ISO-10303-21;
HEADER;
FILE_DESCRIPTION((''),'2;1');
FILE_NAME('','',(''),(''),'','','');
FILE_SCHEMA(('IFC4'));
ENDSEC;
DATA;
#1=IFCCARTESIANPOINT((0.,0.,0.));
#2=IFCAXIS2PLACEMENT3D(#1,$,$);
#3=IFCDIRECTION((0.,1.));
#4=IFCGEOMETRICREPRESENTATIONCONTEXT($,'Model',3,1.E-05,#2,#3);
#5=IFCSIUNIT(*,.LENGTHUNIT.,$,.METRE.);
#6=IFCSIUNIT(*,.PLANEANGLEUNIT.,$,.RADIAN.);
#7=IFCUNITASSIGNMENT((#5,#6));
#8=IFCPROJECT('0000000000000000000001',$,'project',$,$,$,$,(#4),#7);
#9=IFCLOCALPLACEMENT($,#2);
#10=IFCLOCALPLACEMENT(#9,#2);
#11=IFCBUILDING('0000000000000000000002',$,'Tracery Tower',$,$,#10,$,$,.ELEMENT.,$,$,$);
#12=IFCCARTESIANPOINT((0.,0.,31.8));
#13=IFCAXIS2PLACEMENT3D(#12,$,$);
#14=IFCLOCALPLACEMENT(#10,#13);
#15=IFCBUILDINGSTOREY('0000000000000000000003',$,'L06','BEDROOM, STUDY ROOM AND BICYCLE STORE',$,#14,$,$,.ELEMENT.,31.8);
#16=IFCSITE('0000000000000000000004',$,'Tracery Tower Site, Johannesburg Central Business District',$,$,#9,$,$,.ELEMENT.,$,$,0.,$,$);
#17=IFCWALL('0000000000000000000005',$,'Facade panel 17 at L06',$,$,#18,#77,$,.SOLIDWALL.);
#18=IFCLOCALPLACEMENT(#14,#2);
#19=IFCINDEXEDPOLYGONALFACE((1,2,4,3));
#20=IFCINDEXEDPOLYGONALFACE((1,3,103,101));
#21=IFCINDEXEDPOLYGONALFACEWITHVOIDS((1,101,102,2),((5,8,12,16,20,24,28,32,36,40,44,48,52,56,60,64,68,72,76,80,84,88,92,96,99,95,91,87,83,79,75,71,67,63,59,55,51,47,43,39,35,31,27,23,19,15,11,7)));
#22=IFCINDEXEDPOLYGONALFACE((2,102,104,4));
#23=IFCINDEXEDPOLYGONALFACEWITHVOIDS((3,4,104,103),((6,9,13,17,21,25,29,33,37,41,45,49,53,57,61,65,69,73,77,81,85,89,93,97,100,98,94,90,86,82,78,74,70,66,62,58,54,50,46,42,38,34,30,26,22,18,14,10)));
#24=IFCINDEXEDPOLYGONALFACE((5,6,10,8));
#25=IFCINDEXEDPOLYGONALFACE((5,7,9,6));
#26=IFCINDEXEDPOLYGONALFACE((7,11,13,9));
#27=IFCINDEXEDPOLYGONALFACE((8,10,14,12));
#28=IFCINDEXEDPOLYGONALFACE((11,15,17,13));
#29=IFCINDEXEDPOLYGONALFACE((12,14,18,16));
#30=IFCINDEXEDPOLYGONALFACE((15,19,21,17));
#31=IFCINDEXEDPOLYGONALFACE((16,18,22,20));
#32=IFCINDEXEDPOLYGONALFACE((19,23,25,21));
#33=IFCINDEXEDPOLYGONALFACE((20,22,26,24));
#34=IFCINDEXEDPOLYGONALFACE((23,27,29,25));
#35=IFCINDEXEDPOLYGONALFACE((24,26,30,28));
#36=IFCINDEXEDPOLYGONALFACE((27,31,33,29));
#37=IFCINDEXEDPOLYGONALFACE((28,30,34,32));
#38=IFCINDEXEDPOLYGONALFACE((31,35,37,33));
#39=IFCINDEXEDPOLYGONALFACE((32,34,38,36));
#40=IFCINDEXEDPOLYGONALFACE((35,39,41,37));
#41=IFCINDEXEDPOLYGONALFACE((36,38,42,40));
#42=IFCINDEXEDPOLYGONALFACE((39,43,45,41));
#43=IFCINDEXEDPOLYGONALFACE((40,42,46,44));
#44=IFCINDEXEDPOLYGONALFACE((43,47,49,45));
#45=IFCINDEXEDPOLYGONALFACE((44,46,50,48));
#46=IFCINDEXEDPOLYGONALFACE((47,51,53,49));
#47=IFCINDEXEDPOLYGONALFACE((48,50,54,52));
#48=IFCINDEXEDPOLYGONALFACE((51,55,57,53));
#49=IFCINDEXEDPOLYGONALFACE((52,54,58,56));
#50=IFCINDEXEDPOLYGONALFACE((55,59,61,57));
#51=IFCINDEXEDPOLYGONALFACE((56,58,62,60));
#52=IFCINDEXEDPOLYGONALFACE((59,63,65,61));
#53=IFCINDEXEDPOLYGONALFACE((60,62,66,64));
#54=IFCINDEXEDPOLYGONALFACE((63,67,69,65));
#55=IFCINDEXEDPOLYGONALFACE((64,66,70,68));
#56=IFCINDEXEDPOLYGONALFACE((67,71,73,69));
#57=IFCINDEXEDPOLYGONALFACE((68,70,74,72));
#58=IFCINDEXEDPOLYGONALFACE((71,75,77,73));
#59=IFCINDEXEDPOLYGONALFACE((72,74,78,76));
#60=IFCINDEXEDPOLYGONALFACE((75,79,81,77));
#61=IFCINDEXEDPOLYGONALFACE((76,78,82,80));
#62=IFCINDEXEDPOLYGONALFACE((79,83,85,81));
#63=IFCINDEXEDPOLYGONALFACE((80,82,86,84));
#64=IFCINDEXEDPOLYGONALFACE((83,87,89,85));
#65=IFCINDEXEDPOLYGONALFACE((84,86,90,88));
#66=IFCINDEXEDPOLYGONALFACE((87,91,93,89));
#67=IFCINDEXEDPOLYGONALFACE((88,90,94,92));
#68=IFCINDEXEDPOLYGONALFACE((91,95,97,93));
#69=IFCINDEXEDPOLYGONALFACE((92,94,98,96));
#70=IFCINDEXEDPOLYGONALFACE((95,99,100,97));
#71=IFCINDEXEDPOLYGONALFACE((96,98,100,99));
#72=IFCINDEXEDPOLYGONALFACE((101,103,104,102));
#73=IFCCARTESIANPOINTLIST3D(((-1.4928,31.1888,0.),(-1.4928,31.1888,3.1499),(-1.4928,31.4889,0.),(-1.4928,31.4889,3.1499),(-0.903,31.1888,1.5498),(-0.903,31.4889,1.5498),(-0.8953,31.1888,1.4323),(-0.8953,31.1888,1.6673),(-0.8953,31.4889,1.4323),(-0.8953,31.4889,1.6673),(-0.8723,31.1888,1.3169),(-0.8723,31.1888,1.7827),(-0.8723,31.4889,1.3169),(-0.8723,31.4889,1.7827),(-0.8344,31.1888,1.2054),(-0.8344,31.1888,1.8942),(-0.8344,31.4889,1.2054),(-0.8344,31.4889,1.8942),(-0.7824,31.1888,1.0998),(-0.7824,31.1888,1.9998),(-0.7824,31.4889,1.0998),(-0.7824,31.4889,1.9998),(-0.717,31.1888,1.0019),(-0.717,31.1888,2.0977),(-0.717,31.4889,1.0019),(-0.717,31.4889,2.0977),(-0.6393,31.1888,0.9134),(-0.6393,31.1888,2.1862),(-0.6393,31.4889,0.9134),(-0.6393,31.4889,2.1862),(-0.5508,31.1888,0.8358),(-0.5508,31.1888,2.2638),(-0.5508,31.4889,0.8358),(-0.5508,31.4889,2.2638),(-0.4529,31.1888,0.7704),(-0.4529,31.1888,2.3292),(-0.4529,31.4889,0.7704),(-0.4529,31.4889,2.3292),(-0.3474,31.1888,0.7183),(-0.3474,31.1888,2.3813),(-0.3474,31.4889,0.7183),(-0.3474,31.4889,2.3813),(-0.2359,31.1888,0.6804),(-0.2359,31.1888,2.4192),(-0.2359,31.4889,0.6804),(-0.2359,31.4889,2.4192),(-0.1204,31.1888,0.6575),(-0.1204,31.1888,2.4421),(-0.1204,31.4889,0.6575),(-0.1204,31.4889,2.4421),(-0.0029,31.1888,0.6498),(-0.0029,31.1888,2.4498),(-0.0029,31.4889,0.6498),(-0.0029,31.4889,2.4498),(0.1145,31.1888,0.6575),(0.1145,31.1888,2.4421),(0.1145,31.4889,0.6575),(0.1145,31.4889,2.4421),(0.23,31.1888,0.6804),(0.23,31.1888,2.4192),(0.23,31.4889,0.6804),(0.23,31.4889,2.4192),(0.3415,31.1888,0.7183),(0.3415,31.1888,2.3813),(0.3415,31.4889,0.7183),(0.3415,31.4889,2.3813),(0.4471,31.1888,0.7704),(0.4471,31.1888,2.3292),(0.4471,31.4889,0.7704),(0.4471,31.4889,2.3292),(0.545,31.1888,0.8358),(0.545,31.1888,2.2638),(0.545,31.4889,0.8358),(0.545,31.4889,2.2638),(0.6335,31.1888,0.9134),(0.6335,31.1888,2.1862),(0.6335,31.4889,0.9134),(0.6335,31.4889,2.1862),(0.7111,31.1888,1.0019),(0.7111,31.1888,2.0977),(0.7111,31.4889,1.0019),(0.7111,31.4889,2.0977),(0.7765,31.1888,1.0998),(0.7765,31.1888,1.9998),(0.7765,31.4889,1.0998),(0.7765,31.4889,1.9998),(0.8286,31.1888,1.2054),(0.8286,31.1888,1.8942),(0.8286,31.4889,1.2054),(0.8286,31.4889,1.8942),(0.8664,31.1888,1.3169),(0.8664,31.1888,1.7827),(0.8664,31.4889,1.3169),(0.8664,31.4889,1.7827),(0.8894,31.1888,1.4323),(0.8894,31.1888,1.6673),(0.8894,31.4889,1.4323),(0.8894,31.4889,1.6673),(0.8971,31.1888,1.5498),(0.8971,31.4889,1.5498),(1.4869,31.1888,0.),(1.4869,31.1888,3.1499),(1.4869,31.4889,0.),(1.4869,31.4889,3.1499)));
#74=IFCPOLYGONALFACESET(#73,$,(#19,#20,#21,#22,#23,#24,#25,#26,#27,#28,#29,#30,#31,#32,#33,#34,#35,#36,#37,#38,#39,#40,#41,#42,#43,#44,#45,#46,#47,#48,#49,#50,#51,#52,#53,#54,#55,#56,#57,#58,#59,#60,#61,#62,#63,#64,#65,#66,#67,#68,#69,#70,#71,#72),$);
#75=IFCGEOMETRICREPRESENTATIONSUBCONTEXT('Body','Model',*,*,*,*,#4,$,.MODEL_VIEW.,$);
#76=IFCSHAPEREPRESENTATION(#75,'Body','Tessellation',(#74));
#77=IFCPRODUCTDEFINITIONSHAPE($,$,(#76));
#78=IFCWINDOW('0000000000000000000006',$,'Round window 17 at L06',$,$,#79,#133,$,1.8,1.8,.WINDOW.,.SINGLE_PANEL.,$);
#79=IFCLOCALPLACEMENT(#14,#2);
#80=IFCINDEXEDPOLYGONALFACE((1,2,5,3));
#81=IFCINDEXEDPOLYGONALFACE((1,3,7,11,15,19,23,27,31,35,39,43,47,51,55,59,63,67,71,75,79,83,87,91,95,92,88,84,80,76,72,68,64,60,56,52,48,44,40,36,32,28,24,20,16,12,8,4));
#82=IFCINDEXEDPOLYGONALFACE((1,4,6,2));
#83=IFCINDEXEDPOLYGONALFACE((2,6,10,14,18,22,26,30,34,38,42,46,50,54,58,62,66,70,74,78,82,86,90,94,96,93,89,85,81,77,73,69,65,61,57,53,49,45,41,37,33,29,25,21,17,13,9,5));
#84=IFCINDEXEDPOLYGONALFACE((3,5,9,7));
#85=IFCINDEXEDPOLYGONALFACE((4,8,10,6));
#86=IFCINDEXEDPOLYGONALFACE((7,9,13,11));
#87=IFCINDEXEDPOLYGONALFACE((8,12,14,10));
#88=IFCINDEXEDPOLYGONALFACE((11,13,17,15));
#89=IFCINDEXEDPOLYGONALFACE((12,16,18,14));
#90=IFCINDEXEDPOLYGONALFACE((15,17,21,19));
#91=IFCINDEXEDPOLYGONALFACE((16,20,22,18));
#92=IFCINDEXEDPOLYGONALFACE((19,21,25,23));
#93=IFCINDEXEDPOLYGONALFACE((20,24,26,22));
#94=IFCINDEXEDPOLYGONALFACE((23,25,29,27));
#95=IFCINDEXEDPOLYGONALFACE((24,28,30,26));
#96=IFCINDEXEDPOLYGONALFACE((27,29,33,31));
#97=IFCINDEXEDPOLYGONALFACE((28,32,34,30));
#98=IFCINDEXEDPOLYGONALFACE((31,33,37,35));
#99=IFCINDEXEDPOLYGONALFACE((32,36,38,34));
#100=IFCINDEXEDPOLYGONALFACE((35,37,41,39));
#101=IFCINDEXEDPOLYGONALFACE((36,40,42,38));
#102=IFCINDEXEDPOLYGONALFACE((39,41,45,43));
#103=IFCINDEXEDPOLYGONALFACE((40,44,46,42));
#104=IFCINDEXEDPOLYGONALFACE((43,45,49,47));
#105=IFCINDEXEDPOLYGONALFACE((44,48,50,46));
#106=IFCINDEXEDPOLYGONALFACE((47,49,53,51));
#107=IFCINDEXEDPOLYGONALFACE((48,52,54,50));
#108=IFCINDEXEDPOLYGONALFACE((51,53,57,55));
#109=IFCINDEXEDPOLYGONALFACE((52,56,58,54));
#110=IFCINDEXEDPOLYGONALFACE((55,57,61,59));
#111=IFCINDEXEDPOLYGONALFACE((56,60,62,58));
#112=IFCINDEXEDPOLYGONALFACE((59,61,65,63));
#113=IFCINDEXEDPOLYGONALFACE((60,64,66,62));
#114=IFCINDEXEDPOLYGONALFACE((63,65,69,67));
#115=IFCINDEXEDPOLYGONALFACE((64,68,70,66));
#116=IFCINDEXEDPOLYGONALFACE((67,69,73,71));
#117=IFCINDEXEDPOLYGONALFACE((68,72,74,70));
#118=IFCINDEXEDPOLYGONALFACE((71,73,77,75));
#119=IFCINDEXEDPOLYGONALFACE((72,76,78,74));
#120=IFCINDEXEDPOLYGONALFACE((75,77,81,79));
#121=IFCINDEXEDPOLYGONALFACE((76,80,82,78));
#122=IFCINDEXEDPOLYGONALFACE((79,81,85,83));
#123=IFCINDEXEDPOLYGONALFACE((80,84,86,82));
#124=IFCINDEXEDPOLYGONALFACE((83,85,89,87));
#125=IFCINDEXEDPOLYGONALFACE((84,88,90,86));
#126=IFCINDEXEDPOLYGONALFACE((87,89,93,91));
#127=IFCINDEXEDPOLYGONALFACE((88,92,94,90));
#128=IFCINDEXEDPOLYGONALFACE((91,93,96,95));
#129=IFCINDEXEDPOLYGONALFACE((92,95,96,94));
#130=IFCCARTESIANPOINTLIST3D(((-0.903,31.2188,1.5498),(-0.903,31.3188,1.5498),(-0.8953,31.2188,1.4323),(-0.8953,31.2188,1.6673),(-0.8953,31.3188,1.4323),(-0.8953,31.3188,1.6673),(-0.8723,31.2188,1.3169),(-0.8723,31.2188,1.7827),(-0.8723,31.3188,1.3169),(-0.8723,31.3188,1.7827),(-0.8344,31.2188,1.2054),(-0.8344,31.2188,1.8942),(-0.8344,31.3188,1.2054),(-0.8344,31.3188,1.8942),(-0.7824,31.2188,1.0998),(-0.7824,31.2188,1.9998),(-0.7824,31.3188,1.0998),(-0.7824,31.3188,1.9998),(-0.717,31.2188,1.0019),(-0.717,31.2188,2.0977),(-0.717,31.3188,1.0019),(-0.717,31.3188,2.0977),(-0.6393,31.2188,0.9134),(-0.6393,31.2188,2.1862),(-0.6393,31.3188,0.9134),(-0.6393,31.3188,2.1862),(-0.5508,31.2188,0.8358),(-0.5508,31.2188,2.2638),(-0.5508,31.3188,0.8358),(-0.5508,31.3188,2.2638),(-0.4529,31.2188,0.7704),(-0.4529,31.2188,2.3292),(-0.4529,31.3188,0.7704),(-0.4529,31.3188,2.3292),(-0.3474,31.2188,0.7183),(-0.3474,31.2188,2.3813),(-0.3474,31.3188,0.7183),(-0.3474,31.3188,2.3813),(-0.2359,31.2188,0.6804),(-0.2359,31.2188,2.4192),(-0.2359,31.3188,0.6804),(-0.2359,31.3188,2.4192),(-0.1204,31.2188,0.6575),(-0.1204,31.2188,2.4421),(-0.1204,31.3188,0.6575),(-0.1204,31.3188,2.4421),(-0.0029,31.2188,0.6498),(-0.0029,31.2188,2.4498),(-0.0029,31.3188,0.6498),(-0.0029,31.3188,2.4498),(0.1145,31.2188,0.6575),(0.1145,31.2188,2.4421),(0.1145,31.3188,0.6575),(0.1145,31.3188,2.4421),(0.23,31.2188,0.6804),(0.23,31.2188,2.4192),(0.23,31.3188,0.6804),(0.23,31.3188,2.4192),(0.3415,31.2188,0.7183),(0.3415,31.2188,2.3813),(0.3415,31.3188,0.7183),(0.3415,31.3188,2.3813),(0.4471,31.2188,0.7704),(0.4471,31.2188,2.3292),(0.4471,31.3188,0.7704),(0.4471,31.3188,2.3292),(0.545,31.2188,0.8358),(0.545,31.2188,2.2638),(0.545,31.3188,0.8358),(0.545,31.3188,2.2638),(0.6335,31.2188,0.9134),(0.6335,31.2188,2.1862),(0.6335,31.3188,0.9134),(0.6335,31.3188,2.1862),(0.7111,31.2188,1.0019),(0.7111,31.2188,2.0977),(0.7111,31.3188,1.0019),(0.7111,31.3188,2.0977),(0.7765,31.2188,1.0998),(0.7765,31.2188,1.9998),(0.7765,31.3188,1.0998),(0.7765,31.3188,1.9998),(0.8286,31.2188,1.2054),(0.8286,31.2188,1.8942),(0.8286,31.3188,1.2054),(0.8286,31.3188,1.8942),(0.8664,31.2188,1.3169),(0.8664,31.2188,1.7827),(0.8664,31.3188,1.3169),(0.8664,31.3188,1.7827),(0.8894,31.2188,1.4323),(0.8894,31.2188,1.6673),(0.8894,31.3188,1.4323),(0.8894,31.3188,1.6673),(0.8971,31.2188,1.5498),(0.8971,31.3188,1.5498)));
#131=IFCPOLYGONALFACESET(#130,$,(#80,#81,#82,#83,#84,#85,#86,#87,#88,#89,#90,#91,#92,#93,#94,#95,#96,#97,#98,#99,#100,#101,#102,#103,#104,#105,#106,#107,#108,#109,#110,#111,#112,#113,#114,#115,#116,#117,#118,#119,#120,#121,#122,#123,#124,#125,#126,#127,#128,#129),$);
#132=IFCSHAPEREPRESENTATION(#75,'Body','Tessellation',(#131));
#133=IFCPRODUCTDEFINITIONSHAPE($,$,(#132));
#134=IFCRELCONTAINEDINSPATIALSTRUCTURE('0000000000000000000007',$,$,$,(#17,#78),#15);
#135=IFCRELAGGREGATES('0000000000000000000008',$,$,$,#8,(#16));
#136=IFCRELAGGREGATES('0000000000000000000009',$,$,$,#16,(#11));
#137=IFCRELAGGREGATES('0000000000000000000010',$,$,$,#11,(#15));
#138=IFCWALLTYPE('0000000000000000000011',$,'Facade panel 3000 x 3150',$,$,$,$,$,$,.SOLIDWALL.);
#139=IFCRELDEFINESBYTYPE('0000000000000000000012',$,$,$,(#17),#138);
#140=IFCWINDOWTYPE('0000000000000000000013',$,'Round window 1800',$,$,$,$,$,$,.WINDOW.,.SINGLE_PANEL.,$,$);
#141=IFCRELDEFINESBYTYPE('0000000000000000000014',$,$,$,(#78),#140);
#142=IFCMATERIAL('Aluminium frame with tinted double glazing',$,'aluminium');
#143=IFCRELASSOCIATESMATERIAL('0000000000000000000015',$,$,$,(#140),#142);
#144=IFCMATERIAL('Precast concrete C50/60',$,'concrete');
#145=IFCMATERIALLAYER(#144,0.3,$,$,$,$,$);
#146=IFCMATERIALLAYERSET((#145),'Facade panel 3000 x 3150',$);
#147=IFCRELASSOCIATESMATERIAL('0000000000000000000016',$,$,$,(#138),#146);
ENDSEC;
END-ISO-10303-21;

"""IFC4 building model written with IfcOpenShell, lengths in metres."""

from ifc_helpers import new_model, si_unit, direction, frame, frame_2d, origin, origin_2d, place, context, subcontext, project, spatial, rectangle, circle, extrude, material, layer, layer_set, type_object, element, fill, save


model = new_model("IFC4")

# Units and contexts
model_context = context("Model", 3, precision=1e-05, world=origin(), true_north=direction((0.0, 1.0)))
body_context = subcontext(model_context, "Body", "Model", "MODEL_VIEW")
ifc_project = project(units=[si_unit("LENGTHUNIT", "METRE"), si_unit("PLANEANGLEUNIT", "RADIAN")], contexts=[model_context])

# Site, building, storey
site_placement = place(None, origin())
site = spatial("IfcSite", under=ifc_project, at=site_placement, Name="Tracery Tower Site, Johannesburg Central Business District", CompositionType="ELEMENT", RefElevation=0.0)
building_placement = place(site_placement, origin())
building = spatial("IfcBuilding", under=site, at=building_placement, Name="Tracery Tower", CompositionType="ELEMENT")
storey_placement = place(building_placement, frame((0.0, 0.0, 31.8)))
storey = spatial("IfcBuildingStorey", under=building, at=storey_placement, Name="L06", Description="BEDROOM, STUDY ROOM AND BICYCLE STORE", CompositionType="ELEMENT", Elevation=31.8)

# Wall, opening, window
ifc_material_1 = material(Name="Aluminium frame with tinted double glazing", Category="aluminium")
window_type = type_object("IfcWindowType", Name="Round window 1800", PartitioningType="SINGLE_PANEL", PredefinedType="WINDOW", material=ifc_material_1)
ifc_material_2 = material(Name="Precast concrete C50/60", Category="concrete")
ifc_layer_1 = layer(ifc_material_2, 0.3)
ifc_layer_set_1 = layer_set([ifc_layer_1], Name="Facade panel 3000 x 3150")
wall_type_1 = type_object("IfcWallType", Name="Facade panel 3000 x 3150", PredefinedType="SOLIDWALL", material=ifc_layer_set_1)
wall_1_placement = place(storey_placement, frame((1.4868, 31.3389, 0.0), z_axis=(0.0, 0.0, 1.0), x_axis=(-1.0, 0.0, 0.0)))
wall_1 = element("IfcWall", 1, at=wall_1_placement, inside=storey, type_object=wall_type_1, Name="Facade panel 17 at L06", PredefinedType="SOLIDWALL", context=body_context, shape_type="SweptSolid", body=[
    extrude(rectangle(XDim=2.9797, YDim=0.3, at=frame_2d((1.4897, 0.0))), origin(), (0.0, 0.0, 1.0), 3.1499),
])
opening_1_placement = place(wall_1_placement, frame((1.4897, 0.0, 1.5498)))
opening_1 = element("IfcOpeningElement", 2, at=opening_1_placement, cuts=wall_1, PredefinedType="OPENING", context=body_context, shape_type="SweptSolid", body=[
    extrude(circle(Radius=0.9, at=origin_2d()), frame((0.0, 0.1599, 0.0), z_axis=(0.0, -1.0, 0.0), x_axis=(1.0, 0.0, 0.0)), (0.0, 0.0, 1.0), 0.3201),
])
window_1_placement = place(opening_1_placement, origin())
window_1 = element("IfcWindow", 3, at=window_1_placement, inside=storey, type_object=window_type, Name="Round window 17 at L06", OverallHeight=1.8, OverallWidth=1.8, PartitioningType="SINGLE_PANEL", PredefinedType="WINDOW", context=body_context, shape_type="SweptSolid", body=[
    extrude(circle(Radius=0.9, at=origin_2d()), frame((0.0, 0.1201, 0.0), z_axis=(0.0, -1.0, 0.0), x_axis=(1.0, 0.0, 0.0)), (0.0, 0.0, 1.0), 0.1001),
])
fill(opening_1, window_1)

save(model, "model.ifc")
